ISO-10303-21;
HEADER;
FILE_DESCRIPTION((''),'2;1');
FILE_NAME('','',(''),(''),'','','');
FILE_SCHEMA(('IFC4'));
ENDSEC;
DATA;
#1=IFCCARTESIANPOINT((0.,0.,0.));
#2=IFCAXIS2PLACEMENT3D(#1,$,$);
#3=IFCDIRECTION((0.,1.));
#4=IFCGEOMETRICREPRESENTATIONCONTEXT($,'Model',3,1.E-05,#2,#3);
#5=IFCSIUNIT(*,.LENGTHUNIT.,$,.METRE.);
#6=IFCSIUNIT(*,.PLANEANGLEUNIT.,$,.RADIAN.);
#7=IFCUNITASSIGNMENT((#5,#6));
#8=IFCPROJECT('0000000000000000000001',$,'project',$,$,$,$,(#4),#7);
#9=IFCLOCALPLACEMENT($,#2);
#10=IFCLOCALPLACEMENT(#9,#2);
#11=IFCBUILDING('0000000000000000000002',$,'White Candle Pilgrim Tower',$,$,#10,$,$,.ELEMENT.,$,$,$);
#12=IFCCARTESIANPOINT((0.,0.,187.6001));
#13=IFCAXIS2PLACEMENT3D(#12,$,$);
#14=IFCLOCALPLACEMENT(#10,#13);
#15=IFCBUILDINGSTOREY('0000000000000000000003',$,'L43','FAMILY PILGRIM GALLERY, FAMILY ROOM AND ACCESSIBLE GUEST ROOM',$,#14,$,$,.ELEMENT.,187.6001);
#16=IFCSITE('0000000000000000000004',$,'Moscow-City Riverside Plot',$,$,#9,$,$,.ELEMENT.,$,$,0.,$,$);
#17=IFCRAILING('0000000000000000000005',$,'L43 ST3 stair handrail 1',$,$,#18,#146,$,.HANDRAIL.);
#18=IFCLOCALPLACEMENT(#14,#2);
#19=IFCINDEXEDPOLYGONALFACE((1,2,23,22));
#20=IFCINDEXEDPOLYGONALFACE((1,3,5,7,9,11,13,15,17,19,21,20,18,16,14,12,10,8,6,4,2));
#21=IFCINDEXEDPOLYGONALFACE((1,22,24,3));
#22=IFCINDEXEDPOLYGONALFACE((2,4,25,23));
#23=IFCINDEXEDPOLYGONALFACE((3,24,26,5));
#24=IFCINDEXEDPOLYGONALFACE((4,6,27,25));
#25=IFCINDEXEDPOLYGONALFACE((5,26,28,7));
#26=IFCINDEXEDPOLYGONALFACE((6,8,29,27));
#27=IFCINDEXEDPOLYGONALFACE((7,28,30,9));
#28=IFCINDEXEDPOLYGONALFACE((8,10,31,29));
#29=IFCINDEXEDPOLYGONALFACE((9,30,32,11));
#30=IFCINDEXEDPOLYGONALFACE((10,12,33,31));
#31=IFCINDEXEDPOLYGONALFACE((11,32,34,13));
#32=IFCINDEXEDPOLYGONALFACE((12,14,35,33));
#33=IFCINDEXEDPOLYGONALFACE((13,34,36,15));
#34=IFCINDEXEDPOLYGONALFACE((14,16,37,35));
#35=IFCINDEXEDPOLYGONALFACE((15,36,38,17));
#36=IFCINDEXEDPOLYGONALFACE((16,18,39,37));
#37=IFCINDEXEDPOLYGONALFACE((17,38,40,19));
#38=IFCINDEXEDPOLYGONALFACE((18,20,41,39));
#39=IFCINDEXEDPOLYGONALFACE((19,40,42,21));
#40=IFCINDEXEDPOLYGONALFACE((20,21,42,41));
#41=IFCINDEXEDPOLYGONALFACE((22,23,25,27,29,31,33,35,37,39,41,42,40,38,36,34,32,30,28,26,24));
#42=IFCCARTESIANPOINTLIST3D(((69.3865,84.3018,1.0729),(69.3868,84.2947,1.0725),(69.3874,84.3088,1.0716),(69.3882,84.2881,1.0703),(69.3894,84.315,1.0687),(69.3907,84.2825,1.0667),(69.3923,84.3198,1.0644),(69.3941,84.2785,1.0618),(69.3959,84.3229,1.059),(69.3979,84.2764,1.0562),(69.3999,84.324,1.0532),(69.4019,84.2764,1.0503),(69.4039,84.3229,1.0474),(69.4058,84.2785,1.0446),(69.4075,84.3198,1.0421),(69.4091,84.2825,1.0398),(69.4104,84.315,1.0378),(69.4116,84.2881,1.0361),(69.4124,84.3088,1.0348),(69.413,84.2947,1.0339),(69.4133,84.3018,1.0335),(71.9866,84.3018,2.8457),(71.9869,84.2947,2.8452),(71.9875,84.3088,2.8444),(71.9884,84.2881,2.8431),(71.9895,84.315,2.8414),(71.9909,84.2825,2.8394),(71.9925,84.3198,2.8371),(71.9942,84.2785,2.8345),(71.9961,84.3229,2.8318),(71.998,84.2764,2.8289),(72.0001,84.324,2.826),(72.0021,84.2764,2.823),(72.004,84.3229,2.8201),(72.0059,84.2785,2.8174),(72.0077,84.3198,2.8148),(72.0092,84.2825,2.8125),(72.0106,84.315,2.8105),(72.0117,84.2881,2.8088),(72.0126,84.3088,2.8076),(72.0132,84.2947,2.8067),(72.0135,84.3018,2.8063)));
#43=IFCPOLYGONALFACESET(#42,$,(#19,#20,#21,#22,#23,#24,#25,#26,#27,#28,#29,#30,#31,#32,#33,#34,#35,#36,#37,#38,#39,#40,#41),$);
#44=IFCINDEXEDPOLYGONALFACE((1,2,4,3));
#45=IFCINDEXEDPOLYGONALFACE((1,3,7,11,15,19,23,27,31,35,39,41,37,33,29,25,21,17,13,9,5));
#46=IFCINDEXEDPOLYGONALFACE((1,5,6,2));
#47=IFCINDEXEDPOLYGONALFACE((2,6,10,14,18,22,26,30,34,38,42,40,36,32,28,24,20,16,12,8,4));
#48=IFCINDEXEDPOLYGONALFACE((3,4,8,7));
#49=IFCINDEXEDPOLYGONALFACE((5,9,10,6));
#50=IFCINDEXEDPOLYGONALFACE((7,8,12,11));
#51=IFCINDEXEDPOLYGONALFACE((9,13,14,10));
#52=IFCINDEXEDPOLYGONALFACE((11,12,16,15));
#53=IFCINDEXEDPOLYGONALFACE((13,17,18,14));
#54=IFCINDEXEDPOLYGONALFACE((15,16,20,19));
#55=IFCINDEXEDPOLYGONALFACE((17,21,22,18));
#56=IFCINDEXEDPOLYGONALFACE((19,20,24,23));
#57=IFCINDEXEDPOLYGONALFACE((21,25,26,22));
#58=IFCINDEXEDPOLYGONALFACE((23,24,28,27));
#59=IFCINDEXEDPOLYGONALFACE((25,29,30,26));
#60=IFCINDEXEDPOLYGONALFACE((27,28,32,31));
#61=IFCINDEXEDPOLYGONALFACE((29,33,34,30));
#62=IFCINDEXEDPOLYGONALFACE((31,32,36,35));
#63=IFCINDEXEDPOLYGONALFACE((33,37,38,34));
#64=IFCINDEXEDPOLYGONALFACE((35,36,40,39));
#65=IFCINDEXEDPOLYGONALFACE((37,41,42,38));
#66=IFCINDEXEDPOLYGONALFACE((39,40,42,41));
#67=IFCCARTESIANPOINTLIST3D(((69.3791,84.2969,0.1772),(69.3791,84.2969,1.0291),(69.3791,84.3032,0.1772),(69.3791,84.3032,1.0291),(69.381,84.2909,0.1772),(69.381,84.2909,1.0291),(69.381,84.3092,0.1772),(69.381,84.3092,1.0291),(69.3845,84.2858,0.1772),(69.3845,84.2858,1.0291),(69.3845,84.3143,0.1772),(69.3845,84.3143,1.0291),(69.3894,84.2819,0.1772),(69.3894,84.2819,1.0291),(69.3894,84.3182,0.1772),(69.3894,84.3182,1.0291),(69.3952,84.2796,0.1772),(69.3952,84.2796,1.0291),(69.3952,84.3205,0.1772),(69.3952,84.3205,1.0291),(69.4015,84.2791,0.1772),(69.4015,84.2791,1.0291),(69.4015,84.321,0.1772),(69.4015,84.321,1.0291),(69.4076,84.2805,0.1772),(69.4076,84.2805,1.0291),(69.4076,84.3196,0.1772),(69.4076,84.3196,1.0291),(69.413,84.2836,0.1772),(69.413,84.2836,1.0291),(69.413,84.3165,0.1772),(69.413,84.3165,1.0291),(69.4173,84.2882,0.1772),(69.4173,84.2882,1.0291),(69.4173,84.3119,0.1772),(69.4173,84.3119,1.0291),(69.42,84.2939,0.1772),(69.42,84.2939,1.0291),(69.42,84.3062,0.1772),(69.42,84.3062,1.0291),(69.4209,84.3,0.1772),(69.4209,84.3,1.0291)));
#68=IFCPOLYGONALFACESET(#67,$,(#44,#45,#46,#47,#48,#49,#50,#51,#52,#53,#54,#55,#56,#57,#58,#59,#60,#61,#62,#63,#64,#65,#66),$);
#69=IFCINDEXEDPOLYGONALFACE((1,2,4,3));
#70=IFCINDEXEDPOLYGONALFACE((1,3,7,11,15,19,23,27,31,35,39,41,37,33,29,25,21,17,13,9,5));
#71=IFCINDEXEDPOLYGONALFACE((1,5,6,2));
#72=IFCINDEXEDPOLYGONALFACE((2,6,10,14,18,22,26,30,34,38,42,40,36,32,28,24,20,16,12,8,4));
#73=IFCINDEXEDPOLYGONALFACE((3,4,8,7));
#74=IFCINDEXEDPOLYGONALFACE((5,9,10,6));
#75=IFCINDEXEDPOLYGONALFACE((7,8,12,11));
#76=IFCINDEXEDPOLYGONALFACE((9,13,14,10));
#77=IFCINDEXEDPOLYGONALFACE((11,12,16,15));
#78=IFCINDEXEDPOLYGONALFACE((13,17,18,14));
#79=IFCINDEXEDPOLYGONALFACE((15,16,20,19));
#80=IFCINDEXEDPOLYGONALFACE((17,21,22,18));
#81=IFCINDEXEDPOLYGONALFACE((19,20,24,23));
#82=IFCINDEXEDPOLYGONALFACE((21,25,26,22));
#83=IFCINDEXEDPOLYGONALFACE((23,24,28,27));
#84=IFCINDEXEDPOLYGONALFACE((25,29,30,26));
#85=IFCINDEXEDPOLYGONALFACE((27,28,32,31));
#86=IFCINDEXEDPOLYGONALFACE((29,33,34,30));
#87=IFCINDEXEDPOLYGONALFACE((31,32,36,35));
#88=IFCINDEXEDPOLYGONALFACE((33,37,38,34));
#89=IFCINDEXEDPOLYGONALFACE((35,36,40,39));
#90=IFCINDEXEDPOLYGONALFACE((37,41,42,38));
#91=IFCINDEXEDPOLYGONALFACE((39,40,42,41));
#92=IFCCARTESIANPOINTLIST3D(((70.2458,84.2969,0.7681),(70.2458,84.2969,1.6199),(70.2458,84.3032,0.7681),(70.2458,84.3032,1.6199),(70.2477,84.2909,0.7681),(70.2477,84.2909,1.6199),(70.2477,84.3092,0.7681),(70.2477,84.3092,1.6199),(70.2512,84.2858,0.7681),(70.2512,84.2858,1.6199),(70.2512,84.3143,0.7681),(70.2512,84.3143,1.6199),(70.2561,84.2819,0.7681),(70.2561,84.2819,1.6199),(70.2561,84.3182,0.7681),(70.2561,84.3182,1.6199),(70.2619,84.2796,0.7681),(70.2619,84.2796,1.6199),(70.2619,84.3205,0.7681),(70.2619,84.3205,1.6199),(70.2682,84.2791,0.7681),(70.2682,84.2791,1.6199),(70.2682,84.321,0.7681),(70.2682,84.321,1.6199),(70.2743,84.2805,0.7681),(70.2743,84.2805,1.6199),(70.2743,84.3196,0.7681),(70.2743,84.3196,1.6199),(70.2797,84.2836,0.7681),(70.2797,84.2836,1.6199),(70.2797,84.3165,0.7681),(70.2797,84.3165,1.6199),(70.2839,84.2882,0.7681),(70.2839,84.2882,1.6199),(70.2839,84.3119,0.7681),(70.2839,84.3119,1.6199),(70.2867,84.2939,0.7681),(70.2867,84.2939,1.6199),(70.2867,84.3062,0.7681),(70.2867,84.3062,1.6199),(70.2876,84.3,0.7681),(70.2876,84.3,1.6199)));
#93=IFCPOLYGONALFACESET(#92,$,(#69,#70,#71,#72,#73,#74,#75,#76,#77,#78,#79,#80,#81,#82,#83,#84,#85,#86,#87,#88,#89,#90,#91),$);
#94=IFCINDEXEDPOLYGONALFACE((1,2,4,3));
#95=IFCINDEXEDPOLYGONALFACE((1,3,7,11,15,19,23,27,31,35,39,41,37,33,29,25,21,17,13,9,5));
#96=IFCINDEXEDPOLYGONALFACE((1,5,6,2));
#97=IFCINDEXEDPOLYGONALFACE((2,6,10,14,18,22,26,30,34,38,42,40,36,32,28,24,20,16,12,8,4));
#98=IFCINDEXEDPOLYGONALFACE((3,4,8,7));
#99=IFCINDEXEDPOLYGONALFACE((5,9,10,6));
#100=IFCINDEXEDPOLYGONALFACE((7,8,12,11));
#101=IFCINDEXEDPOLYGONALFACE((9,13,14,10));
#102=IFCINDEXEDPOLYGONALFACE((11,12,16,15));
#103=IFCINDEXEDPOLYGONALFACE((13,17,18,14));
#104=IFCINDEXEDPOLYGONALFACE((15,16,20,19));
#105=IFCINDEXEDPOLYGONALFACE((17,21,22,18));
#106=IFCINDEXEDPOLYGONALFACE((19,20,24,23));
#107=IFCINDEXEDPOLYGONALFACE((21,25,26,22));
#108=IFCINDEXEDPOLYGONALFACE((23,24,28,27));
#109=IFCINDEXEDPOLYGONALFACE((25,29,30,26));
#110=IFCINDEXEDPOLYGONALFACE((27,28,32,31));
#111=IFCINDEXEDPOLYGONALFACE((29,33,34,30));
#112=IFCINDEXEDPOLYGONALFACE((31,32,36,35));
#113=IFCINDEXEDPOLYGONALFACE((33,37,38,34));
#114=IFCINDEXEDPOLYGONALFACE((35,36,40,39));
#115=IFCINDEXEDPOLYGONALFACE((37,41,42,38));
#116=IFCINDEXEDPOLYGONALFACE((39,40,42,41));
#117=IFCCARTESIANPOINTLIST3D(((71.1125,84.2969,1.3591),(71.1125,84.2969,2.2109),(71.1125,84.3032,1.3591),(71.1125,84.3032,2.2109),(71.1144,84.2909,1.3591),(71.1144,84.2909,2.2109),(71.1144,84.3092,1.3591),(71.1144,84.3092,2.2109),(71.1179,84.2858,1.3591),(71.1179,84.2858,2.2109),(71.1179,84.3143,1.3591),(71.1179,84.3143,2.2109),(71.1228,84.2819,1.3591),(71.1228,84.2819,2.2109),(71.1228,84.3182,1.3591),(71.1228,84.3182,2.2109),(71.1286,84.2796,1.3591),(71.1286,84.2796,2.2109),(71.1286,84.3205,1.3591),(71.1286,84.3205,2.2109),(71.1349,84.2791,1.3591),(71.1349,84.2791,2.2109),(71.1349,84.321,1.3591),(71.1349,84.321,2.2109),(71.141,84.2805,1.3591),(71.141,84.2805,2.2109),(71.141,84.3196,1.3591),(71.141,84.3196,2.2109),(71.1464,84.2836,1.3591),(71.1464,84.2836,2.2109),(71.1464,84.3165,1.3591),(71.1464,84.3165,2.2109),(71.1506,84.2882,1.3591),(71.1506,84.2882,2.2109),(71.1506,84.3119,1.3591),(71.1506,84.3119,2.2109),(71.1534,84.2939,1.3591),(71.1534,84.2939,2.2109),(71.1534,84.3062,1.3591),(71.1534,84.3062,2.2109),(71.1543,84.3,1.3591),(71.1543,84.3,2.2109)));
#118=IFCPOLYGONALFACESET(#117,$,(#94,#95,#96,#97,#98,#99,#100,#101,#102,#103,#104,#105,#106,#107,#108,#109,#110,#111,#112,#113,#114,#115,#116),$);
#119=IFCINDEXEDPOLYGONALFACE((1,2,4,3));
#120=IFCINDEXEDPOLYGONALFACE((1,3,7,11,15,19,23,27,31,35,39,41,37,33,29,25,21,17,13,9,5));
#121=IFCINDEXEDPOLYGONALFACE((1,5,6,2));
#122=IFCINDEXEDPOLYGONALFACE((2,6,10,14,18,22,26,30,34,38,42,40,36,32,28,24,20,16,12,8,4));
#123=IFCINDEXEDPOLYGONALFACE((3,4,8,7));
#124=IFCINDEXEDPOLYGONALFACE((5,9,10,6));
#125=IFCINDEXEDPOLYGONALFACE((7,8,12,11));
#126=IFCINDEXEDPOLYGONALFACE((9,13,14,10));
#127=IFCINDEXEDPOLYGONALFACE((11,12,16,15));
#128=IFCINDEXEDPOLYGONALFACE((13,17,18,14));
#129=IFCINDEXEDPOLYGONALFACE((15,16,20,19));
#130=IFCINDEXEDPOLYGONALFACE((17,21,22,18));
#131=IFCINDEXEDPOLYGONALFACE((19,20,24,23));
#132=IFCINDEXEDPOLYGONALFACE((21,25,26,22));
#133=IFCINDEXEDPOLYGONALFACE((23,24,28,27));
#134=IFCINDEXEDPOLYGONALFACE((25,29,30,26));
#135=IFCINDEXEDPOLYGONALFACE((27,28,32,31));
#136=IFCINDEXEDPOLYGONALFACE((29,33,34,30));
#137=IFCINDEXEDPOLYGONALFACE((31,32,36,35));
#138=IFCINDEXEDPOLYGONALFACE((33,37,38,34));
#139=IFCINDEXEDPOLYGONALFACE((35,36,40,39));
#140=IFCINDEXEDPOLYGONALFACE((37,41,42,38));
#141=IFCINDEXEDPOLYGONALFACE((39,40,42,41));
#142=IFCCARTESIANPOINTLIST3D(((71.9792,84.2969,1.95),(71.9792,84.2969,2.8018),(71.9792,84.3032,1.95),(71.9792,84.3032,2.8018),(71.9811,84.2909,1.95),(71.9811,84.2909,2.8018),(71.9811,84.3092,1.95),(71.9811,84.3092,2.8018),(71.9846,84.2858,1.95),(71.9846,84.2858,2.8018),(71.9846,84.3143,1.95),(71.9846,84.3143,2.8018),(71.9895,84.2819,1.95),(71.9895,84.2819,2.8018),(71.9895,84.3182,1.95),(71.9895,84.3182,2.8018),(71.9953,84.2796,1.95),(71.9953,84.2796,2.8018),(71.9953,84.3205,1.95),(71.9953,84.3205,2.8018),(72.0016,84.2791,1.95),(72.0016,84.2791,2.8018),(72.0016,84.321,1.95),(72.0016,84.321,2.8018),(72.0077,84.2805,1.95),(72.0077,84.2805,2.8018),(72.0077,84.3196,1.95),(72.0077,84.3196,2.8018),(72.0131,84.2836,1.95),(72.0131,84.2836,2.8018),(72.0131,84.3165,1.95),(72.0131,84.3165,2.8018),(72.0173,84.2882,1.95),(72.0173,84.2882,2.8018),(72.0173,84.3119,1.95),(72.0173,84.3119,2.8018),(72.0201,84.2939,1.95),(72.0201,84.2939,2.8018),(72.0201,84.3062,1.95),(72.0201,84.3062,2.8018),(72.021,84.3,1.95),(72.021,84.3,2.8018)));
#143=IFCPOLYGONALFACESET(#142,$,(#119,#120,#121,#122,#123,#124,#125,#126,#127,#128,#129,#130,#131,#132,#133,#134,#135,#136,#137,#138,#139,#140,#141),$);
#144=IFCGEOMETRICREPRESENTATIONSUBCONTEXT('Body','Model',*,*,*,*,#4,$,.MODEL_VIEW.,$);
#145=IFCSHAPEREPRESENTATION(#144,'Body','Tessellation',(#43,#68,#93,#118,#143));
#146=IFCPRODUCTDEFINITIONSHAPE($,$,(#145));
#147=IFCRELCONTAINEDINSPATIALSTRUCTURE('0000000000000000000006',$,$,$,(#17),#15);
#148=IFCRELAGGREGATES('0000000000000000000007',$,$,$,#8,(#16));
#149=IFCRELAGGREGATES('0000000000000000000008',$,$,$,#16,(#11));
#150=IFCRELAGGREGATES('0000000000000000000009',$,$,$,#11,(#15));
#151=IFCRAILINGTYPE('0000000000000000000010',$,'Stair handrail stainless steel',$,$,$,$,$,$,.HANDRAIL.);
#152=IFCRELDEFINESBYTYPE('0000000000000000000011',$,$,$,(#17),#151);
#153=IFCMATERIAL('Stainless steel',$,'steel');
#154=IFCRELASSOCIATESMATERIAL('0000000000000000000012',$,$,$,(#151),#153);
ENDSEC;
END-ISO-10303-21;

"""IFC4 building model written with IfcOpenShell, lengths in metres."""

from ifc_helpers import new_model, si_unit, direction, frame, origin, origin_2d, place, context, subcontext, project, spatial, circle, extrude, material, type_object, element, save


model = new_model("IFC4")

# Units and contexts
model_context = context("Model", 3, precision=1e-05, world=origin(), true_north=direction((0.0, 1.0)))
body_context = subcontext(model_context, "Body", "Model", "MODEL_VIEW")
ifc_project = project(units=[si_unit("LENGTHUNIT", "METRE"), si_unit("PLANEANGLEUNIT", "RADIAN")], contexts=[model_context])

# Site, building, storey
site_placement = place(None, origin())
site = spatial("IfcSite", under=ifc_project, at=site_placement, Name="Moscow-City Riverside Plot", CompositionType="ELEMENT", RefElevation=0.0)
building_placement = place(site_placement, origin())
building = spatial("IfcBuilding", under=site, at=building_placement, Name="White Candle Pilgrim Tower", CompositionType="ELEMENT")
storey_placement = place(building_placement, frame((0.0, 0.0, 187.6001)))
storey = spatial("IfcBuildingStorey", under=building, at=storey_placement, Name="L43", Description="FAMILY PILGRIM GALLERY, FAMILY ROOM AND ACCESSIBLE GUEST ROOM", CompositionType="ELEMENT", Elevation=187.6001)

# Railing
ifc_material_1 = material(Name="Stainless steel", Category="steel")
railing_type_1 = type_object("IfcRailingType", Name="Stair handrail stainless steel", PredefinedType="HANDRAIL", material=ifc_material_1)
railing_1_placement = place(storey_placement, frame((69.3999, 84.3, 0.1772)))
element("IfcRailing", 1, at=railing_1_placement, inside=storey, type_object=railing_type_1, Name="L43 ST3 stair handrail 1", PredefinedType="HANDRAIL", context=body_context, shape_type="SweptSolid", body=[
    extrude(circle(Radius=0.0239, at=origin_2d()), frame((0.0, 0.0, 0.876), z_axis=(0.82624, 0.0, 0.563318), x_axis=(0.0, 1.0, 0.0)), (0.0, 0.0, 1.0), 3.147),
    extrude(circle(Radius=0.021, at=origin_2d()), origin(), (0.0, 0.0, 1.0), 0.8518),
    extrude(circle(Radius=0.021, at=origin_2d()), frame((0.8667, 0.0, 0.5908)), (0.0, 0.0, 1.0), 0.8518),
    extrude(circle(Radius=0.021, at=origin_2d()), frame((1.7334, 0.0, 1.1819)), (0.0, 0.0, 1.0), 0.8518),
    extrude(circle(Radius=0.021, at=origin_2d()), frame((2.6001, 0.0, 1.7727)), (0.0, 0.0, 1.0), 0.8518),
])

save(model, "model.ifc")
